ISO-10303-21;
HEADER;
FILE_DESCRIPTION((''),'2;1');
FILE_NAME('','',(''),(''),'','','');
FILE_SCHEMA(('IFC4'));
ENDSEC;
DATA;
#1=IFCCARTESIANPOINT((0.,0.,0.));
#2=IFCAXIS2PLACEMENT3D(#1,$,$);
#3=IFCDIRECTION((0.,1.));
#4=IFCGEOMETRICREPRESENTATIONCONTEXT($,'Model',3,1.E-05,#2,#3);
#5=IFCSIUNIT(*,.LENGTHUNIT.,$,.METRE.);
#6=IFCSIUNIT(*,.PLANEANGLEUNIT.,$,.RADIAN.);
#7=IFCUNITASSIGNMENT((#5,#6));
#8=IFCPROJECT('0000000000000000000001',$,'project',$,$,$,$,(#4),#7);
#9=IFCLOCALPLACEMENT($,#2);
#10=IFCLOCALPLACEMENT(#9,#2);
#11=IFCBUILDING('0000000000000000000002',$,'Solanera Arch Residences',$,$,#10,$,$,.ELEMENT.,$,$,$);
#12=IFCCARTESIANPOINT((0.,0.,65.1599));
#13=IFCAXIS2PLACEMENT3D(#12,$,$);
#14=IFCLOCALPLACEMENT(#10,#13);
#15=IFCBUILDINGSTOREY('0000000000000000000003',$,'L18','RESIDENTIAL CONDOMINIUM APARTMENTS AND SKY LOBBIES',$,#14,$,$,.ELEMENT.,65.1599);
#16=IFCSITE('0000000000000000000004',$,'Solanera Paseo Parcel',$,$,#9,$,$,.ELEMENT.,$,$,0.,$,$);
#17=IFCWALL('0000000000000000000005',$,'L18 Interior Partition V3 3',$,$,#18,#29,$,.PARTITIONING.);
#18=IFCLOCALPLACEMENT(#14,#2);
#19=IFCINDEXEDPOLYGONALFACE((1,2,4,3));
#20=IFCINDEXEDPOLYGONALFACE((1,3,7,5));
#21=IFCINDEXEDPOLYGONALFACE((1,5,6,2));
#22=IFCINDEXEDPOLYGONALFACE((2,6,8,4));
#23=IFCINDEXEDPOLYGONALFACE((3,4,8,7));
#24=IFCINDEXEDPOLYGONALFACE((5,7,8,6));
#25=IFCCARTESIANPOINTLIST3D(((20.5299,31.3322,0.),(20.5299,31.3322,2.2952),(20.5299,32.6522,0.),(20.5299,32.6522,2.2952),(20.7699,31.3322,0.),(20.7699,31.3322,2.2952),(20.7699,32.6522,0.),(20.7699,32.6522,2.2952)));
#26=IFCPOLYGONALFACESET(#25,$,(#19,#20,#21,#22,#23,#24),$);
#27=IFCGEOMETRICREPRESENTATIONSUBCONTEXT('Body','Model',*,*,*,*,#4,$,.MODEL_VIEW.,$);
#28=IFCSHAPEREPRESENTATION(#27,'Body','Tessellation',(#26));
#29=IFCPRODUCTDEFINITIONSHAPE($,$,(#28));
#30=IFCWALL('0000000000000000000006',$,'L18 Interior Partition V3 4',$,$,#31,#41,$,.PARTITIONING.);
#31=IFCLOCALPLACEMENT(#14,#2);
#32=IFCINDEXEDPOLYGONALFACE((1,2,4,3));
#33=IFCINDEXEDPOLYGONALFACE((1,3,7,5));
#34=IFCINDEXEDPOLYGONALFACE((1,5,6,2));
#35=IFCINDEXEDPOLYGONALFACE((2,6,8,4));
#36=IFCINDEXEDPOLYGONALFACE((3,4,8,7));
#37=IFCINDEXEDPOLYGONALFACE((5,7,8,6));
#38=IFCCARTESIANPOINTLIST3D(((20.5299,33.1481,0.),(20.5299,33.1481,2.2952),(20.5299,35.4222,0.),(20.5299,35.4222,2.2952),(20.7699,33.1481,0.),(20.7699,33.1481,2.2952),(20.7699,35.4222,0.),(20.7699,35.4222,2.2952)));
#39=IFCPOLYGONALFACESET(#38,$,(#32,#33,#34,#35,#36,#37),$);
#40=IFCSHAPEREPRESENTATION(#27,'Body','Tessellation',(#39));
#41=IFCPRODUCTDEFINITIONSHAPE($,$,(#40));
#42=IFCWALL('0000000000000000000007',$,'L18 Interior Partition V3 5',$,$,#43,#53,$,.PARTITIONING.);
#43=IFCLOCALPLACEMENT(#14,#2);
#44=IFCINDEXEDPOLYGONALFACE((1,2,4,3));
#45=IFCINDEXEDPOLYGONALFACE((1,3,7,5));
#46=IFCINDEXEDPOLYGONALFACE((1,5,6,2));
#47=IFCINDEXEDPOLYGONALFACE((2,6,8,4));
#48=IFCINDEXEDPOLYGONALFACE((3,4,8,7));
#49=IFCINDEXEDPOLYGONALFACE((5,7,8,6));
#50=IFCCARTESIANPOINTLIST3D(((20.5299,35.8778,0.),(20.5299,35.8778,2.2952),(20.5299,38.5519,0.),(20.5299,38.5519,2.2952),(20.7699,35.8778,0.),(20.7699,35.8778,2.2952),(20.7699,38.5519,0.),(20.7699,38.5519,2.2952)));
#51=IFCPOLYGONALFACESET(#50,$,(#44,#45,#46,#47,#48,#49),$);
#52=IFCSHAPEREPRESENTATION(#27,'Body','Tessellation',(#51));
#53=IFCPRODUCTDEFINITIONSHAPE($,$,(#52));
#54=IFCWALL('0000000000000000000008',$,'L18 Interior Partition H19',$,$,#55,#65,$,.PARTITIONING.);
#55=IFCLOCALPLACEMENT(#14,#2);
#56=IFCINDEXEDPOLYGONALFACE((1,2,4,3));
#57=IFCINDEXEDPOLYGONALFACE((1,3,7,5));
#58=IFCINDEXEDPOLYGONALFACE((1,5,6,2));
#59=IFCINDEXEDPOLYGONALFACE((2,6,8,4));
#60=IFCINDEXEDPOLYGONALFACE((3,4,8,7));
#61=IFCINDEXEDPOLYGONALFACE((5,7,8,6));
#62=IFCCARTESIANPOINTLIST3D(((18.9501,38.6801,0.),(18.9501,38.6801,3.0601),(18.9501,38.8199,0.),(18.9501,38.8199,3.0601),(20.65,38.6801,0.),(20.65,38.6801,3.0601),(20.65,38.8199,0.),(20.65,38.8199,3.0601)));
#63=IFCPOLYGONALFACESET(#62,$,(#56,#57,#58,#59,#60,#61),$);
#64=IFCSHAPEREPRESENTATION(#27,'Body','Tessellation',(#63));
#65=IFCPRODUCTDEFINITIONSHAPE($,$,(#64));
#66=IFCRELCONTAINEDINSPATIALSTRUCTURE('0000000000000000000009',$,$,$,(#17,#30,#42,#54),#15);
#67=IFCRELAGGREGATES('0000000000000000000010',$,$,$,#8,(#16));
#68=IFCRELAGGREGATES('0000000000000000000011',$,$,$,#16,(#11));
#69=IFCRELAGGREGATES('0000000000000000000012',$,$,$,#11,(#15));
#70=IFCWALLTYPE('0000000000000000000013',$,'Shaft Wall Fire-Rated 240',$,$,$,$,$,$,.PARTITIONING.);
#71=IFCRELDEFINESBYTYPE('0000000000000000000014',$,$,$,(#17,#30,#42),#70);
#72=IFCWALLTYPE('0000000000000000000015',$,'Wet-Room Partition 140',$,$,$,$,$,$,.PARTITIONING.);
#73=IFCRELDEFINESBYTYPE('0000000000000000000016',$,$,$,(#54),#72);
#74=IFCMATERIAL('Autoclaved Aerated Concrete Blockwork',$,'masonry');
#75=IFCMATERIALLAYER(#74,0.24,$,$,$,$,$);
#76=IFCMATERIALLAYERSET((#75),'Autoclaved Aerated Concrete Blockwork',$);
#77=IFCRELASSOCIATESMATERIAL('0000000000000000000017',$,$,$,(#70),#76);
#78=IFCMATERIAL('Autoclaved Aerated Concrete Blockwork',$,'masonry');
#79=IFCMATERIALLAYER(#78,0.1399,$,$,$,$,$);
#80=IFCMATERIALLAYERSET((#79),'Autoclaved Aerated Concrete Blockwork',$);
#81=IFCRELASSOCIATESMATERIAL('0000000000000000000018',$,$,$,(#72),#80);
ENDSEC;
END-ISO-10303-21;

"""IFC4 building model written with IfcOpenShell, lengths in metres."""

from ifc_helpers import new_model, si_unit, direction, frame, frame_2d, origin, place, context, subcontext, project, spatial, rectangle, extrude, material, layer, layer_set, type_object, element, save


model = new_model("IFC4")

# Units and contexts
model_context = context("Model", 3, precision=1e-05, world=origin(), true_north=direction((0.0, 1.0)))
body_context = subcontext(model_context, "Body", "Model", "MODEL_VIEW")
ifc_project = project(units=[si_unit("LENGTHUNIT", "METRE"), si_unit("PLANEANGLEUNIT", "RADIAN")], contexts=[model_context])

# Site, building, storey
site_placement = place(None, origin())
site = spatial("IfcSite", under=ifc_project, at=site_placement, Name="Solanera Paseo Parcel", CompositionType="ELEMENT", RefElevation=0.0)
building_placement = place(site_placement, origin())
building = spatial("IfcBuilding", under=site, at=building_placement, Name="Solanera Arch Residences", CompositionType="ELEMENT")
storey_placement = place(building_placement, frame((0.0, 0.0, 65.1599)))
storey = spatial("IfcBuildingStorey", under=building, at=storey_placement, Name="L18", Description="RESIDENTIAL CONDOMINIUM APARTMENTS AND SKY LOBBIES", CompositionType="ELEMENT", Elevation=65.1599)

# Shared definitions
ifc_material_1 = material(Name="Autoclaved Aerated Concrete Blockwork", Category="masonry")
ifc_layer_1 = layer(ifc_material_1, 0.24)
ifc_layer_set_1 = layer_set([ifc_layer_1], Name="Autoclaved Aerated Concrete Blockwork")
wall_type_1 = type_object("IfcWallType", Name="Shaft Wall Fire-Rated 240", PredefinedType="PARTITIONING", material=ifc_layer_set_1)

# Walls
wall_1_placement = place(storey_placement, frame((20.6499, 31.332, 0.0), z_axis=(0.0, 0.0, 1.0), x_axis=(0.0, 1.0, 0.0)))
element("IfcWall", 1, at=wall_1_placement, inside=storey, type_object=wall_type_1, Name="L18 Interior Partition V3 3", PredefinedType="PARTITIONING", context=body_context, shape_type="SweptSolid", body=[
    extrude(rectangle(XDim=1.3201, YDim=0.24, at=frame_2d((0.6602, 0.0))), origin(), (0.0, 0.0, 1.0), 2.2952),
])
wall_2_placement = place(storey_placement, frame((20.6499, 33.1479, 0.0), z_axis=(0.0, 0.0, 1.0), x_axis=(0.0, 1.0, 0.0)))
element("IfcWall", 2, at=wall_2_placement, inside=storey, type_object=wall_type_1, Name="L18 Interior Partition V3 4", PredefinedType="PARTITIONING", context=body_context, shape_type="SweptSolid", body=[
    extrude(rectangle(XDim=2.2742, YDim=0.24, at=frame_2d((1.1372, 0.0))), origin(), (0.0, 0.0, 1.0), 2.2952),
])
wall_3_placement = place(storey_placement, frame((20.6499, 35.8779, 0.0), z_axis=(0.0, 0.0, 1.0), x_axis=(0.0, 1.0, 0.0)))
element("IfcWall", 3, at=wall_3_placement, inside=storey, type_object=wall_type_1, Name="L18 Interior Partition V3 5", PredefinedType="PARTITIONING", context=body_context, shape_type="SweptSolid", body=[
    extrude(rectangle(XDim=2.6741, YDim=0.24, at=frame_2d((1.3369, 0.0))), origin(), (0.0, 0.0, 1.0), 2.2952),
])
ifc_material_2 = material(Name="Autoclaved Aerated Concrete Blockwork", Category="masonry")
ifc_layer_2 = layer(ifc_material_2, 0.1399)
ifc_layer_set_2 = layer_set([ifc_layer_2], Name="Autoclaved Aerated Concrete Blockwork")
wall_type_2 = type_object("IfcWallType", Name="Wet-Room Partition 140", PredefinedType="PARTITIONING", material=ifc_layer_set_2)
wall_4_placement = place(storey_placement, frame((18.95, 38.75, 0.0), z_axis=(0.0, 0.0, 1.0), x_axis=(1.0, 0.0, 0.0)))
element("IfcWall", 4, at=wall_4_placement, inside=storey, type_object=wall_type_2, Name="L18 Interior Partition H19", PredefinedType="PARTITIONING", context=body_context, shape_type="SweptSolid", body=[
    extrude(rectangle(XDim=1.7, YDim=0.1399, at=frame_2d((0.8501, 0.0))), origin(), (0.0, 0.0, 1.0), 3.0601),
])

save(model, "model.ifc")
